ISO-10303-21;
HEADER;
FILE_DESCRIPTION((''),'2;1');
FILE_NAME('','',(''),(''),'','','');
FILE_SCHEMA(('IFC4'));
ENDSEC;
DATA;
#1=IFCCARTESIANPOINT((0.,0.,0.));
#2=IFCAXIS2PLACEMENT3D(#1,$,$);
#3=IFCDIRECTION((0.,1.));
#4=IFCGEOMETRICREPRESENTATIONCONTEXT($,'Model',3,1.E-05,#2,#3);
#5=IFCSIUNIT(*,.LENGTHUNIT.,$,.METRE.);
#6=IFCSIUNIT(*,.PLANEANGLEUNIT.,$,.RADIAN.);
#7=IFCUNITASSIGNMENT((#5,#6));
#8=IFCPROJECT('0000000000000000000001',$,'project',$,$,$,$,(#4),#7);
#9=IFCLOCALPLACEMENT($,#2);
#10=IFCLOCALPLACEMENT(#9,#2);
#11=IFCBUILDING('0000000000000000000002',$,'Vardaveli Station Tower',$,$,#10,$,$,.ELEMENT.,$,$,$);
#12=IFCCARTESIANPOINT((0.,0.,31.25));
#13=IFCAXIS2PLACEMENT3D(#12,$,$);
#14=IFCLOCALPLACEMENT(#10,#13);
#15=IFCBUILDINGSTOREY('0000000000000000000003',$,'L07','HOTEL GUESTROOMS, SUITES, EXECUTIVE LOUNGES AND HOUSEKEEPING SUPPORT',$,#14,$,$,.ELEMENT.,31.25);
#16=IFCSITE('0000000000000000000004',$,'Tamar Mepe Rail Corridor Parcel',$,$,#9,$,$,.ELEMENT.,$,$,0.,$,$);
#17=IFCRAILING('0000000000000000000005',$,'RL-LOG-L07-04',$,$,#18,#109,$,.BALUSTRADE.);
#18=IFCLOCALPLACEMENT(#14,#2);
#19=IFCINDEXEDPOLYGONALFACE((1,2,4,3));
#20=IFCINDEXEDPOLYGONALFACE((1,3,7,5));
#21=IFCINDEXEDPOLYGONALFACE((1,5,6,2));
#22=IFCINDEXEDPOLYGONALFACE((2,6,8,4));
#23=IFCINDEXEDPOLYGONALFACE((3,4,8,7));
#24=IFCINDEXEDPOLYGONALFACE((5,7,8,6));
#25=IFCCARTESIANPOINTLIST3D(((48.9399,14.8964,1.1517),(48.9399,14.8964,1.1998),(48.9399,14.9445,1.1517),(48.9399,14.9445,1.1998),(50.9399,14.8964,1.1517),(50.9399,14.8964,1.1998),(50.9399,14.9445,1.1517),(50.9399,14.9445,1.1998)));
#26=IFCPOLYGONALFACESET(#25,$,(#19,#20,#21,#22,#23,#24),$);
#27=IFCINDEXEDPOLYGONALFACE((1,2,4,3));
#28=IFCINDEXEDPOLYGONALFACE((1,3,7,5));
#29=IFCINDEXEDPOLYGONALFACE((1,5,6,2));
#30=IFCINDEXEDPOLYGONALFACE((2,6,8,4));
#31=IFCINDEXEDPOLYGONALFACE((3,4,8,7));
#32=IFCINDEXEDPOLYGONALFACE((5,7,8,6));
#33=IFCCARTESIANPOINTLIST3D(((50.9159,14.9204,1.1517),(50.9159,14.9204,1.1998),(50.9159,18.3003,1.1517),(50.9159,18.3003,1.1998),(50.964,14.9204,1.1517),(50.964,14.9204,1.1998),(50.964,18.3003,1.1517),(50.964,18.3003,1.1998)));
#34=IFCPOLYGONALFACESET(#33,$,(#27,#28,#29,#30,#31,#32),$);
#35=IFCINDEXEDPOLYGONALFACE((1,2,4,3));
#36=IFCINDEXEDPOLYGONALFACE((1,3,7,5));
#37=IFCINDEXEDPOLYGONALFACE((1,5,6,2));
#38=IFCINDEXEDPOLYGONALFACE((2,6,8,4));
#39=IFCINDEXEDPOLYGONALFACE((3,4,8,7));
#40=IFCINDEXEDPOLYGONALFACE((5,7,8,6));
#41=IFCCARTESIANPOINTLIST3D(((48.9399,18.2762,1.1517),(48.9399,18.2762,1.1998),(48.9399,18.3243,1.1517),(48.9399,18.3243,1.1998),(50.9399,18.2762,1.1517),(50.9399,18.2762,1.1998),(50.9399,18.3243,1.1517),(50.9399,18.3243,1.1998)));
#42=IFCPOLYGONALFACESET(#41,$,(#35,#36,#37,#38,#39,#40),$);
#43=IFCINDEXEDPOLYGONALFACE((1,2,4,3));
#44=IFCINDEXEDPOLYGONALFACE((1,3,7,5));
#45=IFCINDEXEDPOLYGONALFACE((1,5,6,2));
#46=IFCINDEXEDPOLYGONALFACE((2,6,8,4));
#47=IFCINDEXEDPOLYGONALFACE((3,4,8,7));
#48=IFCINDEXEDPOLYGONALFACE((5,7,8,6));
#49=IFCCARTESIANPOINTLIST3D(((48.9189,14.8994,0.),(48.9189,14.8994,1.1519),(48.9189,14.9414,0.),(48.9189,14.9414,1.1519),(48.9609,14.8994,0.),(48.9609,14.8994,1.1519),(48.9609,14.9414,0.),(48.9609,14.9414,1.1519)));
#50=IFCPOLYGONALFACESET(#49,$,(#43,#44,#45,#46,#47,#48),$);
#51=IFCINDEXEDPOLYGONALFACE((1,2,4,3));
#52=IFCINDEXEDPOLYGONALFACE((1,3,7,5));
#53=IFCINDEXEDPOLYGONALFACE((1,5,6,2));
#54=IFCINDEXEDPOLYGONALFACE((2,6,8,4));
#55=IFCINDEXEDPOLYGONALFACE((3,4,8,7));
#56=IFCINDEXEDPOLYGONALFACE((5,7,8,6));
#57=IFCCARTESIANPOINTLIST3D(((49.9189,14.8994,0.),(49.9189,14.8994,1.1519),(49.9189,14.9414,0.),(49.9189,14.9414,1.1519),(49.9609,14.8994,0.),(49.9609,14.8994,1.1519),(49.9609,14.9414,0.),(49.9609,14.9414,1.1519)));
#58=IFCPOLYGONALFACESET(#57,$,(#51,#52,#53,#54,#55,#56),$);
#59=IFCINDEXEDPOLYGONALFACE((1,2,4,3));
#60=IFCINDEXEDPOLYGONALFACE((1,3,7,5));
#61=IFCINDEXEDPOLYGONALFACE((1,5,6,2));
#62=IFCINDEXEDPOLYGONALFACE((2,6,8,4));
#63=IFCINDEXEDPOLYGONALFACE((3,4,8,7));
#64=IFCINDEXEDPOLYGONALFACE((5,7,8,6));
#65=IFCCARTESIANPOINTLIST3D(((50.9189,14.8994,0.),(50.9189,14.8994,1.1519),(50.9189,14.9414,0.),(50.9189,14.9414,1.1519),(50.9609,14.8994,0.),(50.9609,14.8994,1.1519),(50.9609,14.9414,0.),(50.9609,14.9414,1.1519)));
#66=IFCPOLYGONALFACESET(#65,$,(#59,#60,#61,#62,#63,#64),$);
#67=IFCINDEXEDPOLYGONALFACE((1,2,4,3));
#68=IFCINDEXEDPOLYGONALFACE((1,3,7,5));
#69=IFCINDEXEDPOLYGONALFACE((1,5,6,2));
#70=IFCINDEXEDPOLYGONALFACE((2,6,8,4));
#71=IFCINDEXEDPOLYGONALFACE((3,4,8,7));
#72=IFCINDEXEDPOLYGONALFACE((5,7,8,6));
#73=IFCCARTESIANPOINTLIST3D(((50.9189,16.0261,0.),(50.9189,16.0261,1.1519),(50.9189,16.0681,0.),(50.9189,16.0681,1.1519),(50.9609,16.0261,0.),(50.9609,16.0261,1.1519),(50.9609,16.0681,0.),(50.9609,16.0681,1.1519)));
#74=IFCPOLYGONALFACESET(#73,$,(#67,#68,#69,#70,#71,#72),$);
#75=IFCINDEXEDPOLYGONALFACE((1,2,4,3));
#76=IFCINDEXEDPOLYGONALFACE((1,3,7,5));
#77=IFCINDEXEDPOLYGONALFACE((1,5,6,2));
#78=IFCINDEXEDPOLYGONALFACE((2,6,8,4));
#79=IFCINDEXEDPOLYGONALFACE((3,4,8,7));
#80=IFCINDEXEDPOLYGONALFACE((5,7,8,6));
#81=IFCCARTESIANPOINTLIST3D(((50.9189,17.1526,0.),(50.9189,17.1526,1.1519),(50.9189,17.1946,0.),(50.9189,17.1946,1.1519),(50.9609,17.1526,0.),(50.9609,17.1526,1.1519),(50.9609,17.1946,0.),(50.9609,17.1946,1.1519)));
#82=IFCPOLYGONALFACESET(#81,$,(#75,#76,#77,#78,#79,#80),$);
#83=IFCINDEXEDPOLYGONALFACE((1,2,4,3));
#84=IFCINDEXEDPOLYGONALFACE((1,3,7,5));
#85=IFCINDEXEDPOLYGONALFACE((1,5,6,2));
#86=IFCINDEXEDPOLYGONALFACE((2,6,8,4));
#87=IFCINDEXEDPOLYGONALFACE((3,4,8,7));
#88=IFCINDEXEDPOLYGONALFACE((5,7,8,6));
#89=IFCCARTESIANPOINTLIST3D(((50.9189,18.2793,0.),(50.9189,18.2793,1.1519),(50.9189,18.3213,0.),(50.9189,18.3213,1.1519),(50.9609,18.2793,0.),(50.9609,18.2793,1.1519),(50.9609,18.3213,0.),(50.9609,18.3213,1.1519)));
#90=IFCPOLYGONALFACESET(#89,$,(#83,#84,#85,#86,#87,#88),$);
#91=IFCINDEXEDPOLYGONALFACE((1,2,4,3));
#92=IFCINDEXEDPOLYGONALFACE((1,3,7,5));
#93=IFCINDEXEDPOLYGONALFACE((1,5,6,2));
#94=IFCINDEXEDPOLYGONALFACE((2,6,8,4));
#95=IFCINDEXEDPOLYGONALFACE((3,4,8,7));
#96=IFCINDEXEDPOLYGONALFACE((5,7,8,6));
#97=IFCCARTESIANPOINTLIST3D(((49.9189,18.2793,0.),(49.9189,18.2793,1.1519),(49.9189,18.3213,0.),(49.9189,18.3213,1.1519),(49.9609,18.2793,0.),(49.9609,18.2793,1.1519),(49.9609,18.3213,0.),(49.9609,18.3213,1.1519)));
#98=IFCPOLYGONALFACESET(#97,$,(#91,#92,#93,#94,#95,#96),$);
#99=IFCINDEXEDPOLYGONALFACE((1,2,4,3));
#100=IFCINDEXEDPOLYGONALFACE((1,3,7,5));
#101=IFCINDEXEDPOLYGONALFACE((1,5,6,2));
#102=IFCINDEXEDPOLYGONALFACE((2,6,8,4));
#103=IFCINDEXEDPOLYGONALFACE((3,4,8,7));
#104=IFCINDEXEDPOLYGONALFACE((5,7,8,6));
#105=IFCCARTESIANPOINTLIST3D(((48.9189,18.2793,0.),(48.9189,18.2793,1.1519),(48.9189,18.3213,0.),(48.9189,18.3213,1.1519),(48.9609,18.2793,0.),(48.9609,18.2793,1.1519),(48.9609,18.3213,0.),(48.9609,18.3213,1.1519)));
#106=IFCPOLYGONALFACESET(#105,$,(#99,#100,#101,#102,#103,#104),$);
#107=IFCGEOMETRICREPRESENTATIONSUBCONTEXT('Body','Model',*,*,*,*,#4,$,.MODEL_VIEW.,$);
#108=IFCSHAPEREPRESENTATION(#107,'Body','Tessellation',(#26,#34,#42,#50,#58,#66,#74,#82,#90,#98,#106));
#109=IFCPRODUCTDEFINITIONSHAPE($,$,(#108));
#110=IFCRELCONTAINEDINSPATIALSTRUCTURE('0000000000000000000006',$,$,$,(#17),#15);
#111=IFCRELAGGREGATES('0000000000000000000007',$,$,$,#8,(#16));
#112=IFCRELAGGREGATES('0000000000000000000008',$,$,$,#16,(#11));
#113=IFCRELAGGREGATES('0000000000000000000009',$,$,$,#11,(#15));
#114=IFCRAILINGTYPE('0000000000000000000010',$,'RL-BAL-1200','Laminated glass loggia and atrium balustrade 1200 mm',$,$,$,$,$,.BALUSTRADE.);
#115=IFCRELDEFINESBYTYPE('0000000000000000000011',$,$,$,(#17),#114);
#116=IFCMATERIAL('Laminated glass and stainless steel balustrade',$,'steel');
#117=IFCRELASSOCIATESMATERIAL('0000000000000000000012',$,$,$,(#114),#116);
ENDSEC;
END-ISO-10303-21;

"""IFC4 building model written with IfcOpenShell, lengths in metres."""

from ifc_helpers import new_model, si_unit, direction, frame, origin, origin_2d, place, context, subcontext, project, spatial, rectangle, extrude, source, transform, mapped, material, type_object, element, save


model = new_model("IFC4")

# Units and contexts
model_context = context("Model", 3, precision=1e-05, world=origin(), true_north=direction((0.0, 1.0)))
body_context = subcontext(model_context, "Body", "Model", "MODEL_VIEW")
ifc_project = project(units=[si_unit("LENGTHUNIT", "METRE"), si_unit("PLANEANGLEUNIT", "RADIAN")], contexts=[model_context])

# Site, building, storey
site_placement = place(None, origin())
site = spatial("IfcSite", under=ifc_project, at=site_placement, Name="Tamar Mepe Rail Corridor Parcel", CompositionType="ELEMENT", RefElevation=0.0)
building_placement = place(site_placement, origin())
building = spatial("IfcBuilding", under=site, at=building_placement, Name="Vardaveli Station Tower", CompositionType="ELEMENT")
storey_placement = place(building_placement, frame((0.0, 0.0, 31.25)))
storey = spatial("IfcBuildingStorey", under=building, at=storey_placement, Name="L07", Description="HOTEL GUESTROOMS, SUITES, EXECUTIVE LOUNGES AND HOUSEKEEPING SUPPORT", CompositionType="ELEMENT", Elevation=31.25)

# Railing
ifc_material_1 = material(Name="Laminated glass and stainless steel balustrade", Category="steel")
railing_type = type_object("IfcRailingType", Name="RL-BAL-1200", Description="Laminated glass loggia and atrium balustrade 1200 mm", PredefinedType="BALUSTRADE", material=ifc_material_1)
shared_shape_1 = source(origin(), body_context, "Body", "SweptSolid", [
    extrude(rectangle(XDim=0.0481, YDim=0.0481, at=origin_2d()), frame((0.0, 0.0, 1.1758), z_axis=(1.0, 0.0, 0.0), x_axis=(0.0, 1.0, 0.0)), (0.0, 0.0, 1.0), 2.0),
    extrude(rectangle(XDim=0.0481, YDim=0.0481, at=origin_2d()), frame((2.0, 0.0, 1.1758), z_axis=(0.0, 1.0, 0.0), x_axis=(-1.0, 0.0, 0.0)), (0.0, 0.0, 1.0), 3.3799),
    extrude(rectangle(XDim=0.0481, YDim=0.0481, at=origin_2d()), frame((2.0, 3.3799, 1.1758), z_axis=(-1.0, 0.0, 0.0), x_axis=(0.0, -1.0, 0.0)), (0.0, 0.0, 1.0), 2.0),
    extrude(rectangle(XDim=0.042, YDim=0.042, at=origin_2d()), origin(), (0.0, 0.0, 1.0), 1.1519),
    extrude(rectangle(XDim=0.042, YDim=0.042, at=origin_2d()), frame((1.0, 0.0, 0.0)), (0.0, 0.0, 1.0), 1.1519),
    extrude(rectangle(XDim=0.042, YDim=0.042, at=origin_2d()), frame((2.0, 0.0, 0.0)), (0.0, 0.0, 1.0), 1.1519),
    extrude(rectangle(XDim=0.042, YDim=0.042, at=origin_2d()), frame((2.0, 1.1267, 0.0)), (0.0, 0.0, 1.0), 1.1519),
    extrude(rectangle(XDim=0.042, YDim=0.042, at=origin_2d()), frame((2.0, 2.2532, 0.0)), (0.0, 0.0, 1.0), 1.1519),
    extrude(rectangle(XDim=0.042, YDim=0.042, at=origin_2d()), frame((2.0, 3.3799, 0.0)), (0.0, 0.0, 1.0), 1.1519),
    extrude(rectangle(XDim=0.042, YDim=0.042, at=origin_2d()), frame((1.0, 3.3799, 0.0)), (0.0, 0.0, 1.0), 1.1519),
    extrude(rectangle(XDim=0.042, YDim=0.042, at=origin_2d()), frame((0.0, 3.3799, 0.0)), (0.0, 0.0, 1.0), 1.1519),
])
railing_placement = place(storey_placement, frame((48.9399, 14.9204, 0.0)))
element("IfcRailing", 1, at=railing_placement, inside=storey, type_object=railing_type, Name="RL-LOG-L07-04", PredefinedType="BALUSTRADE", context=body_context, shape_type="MappedRepresentation", body=[
    mapped(shared_shape_1, transform((0.0, 0.0, 0.0), scale=1.0)),
])

save(model, "model.ifc")
